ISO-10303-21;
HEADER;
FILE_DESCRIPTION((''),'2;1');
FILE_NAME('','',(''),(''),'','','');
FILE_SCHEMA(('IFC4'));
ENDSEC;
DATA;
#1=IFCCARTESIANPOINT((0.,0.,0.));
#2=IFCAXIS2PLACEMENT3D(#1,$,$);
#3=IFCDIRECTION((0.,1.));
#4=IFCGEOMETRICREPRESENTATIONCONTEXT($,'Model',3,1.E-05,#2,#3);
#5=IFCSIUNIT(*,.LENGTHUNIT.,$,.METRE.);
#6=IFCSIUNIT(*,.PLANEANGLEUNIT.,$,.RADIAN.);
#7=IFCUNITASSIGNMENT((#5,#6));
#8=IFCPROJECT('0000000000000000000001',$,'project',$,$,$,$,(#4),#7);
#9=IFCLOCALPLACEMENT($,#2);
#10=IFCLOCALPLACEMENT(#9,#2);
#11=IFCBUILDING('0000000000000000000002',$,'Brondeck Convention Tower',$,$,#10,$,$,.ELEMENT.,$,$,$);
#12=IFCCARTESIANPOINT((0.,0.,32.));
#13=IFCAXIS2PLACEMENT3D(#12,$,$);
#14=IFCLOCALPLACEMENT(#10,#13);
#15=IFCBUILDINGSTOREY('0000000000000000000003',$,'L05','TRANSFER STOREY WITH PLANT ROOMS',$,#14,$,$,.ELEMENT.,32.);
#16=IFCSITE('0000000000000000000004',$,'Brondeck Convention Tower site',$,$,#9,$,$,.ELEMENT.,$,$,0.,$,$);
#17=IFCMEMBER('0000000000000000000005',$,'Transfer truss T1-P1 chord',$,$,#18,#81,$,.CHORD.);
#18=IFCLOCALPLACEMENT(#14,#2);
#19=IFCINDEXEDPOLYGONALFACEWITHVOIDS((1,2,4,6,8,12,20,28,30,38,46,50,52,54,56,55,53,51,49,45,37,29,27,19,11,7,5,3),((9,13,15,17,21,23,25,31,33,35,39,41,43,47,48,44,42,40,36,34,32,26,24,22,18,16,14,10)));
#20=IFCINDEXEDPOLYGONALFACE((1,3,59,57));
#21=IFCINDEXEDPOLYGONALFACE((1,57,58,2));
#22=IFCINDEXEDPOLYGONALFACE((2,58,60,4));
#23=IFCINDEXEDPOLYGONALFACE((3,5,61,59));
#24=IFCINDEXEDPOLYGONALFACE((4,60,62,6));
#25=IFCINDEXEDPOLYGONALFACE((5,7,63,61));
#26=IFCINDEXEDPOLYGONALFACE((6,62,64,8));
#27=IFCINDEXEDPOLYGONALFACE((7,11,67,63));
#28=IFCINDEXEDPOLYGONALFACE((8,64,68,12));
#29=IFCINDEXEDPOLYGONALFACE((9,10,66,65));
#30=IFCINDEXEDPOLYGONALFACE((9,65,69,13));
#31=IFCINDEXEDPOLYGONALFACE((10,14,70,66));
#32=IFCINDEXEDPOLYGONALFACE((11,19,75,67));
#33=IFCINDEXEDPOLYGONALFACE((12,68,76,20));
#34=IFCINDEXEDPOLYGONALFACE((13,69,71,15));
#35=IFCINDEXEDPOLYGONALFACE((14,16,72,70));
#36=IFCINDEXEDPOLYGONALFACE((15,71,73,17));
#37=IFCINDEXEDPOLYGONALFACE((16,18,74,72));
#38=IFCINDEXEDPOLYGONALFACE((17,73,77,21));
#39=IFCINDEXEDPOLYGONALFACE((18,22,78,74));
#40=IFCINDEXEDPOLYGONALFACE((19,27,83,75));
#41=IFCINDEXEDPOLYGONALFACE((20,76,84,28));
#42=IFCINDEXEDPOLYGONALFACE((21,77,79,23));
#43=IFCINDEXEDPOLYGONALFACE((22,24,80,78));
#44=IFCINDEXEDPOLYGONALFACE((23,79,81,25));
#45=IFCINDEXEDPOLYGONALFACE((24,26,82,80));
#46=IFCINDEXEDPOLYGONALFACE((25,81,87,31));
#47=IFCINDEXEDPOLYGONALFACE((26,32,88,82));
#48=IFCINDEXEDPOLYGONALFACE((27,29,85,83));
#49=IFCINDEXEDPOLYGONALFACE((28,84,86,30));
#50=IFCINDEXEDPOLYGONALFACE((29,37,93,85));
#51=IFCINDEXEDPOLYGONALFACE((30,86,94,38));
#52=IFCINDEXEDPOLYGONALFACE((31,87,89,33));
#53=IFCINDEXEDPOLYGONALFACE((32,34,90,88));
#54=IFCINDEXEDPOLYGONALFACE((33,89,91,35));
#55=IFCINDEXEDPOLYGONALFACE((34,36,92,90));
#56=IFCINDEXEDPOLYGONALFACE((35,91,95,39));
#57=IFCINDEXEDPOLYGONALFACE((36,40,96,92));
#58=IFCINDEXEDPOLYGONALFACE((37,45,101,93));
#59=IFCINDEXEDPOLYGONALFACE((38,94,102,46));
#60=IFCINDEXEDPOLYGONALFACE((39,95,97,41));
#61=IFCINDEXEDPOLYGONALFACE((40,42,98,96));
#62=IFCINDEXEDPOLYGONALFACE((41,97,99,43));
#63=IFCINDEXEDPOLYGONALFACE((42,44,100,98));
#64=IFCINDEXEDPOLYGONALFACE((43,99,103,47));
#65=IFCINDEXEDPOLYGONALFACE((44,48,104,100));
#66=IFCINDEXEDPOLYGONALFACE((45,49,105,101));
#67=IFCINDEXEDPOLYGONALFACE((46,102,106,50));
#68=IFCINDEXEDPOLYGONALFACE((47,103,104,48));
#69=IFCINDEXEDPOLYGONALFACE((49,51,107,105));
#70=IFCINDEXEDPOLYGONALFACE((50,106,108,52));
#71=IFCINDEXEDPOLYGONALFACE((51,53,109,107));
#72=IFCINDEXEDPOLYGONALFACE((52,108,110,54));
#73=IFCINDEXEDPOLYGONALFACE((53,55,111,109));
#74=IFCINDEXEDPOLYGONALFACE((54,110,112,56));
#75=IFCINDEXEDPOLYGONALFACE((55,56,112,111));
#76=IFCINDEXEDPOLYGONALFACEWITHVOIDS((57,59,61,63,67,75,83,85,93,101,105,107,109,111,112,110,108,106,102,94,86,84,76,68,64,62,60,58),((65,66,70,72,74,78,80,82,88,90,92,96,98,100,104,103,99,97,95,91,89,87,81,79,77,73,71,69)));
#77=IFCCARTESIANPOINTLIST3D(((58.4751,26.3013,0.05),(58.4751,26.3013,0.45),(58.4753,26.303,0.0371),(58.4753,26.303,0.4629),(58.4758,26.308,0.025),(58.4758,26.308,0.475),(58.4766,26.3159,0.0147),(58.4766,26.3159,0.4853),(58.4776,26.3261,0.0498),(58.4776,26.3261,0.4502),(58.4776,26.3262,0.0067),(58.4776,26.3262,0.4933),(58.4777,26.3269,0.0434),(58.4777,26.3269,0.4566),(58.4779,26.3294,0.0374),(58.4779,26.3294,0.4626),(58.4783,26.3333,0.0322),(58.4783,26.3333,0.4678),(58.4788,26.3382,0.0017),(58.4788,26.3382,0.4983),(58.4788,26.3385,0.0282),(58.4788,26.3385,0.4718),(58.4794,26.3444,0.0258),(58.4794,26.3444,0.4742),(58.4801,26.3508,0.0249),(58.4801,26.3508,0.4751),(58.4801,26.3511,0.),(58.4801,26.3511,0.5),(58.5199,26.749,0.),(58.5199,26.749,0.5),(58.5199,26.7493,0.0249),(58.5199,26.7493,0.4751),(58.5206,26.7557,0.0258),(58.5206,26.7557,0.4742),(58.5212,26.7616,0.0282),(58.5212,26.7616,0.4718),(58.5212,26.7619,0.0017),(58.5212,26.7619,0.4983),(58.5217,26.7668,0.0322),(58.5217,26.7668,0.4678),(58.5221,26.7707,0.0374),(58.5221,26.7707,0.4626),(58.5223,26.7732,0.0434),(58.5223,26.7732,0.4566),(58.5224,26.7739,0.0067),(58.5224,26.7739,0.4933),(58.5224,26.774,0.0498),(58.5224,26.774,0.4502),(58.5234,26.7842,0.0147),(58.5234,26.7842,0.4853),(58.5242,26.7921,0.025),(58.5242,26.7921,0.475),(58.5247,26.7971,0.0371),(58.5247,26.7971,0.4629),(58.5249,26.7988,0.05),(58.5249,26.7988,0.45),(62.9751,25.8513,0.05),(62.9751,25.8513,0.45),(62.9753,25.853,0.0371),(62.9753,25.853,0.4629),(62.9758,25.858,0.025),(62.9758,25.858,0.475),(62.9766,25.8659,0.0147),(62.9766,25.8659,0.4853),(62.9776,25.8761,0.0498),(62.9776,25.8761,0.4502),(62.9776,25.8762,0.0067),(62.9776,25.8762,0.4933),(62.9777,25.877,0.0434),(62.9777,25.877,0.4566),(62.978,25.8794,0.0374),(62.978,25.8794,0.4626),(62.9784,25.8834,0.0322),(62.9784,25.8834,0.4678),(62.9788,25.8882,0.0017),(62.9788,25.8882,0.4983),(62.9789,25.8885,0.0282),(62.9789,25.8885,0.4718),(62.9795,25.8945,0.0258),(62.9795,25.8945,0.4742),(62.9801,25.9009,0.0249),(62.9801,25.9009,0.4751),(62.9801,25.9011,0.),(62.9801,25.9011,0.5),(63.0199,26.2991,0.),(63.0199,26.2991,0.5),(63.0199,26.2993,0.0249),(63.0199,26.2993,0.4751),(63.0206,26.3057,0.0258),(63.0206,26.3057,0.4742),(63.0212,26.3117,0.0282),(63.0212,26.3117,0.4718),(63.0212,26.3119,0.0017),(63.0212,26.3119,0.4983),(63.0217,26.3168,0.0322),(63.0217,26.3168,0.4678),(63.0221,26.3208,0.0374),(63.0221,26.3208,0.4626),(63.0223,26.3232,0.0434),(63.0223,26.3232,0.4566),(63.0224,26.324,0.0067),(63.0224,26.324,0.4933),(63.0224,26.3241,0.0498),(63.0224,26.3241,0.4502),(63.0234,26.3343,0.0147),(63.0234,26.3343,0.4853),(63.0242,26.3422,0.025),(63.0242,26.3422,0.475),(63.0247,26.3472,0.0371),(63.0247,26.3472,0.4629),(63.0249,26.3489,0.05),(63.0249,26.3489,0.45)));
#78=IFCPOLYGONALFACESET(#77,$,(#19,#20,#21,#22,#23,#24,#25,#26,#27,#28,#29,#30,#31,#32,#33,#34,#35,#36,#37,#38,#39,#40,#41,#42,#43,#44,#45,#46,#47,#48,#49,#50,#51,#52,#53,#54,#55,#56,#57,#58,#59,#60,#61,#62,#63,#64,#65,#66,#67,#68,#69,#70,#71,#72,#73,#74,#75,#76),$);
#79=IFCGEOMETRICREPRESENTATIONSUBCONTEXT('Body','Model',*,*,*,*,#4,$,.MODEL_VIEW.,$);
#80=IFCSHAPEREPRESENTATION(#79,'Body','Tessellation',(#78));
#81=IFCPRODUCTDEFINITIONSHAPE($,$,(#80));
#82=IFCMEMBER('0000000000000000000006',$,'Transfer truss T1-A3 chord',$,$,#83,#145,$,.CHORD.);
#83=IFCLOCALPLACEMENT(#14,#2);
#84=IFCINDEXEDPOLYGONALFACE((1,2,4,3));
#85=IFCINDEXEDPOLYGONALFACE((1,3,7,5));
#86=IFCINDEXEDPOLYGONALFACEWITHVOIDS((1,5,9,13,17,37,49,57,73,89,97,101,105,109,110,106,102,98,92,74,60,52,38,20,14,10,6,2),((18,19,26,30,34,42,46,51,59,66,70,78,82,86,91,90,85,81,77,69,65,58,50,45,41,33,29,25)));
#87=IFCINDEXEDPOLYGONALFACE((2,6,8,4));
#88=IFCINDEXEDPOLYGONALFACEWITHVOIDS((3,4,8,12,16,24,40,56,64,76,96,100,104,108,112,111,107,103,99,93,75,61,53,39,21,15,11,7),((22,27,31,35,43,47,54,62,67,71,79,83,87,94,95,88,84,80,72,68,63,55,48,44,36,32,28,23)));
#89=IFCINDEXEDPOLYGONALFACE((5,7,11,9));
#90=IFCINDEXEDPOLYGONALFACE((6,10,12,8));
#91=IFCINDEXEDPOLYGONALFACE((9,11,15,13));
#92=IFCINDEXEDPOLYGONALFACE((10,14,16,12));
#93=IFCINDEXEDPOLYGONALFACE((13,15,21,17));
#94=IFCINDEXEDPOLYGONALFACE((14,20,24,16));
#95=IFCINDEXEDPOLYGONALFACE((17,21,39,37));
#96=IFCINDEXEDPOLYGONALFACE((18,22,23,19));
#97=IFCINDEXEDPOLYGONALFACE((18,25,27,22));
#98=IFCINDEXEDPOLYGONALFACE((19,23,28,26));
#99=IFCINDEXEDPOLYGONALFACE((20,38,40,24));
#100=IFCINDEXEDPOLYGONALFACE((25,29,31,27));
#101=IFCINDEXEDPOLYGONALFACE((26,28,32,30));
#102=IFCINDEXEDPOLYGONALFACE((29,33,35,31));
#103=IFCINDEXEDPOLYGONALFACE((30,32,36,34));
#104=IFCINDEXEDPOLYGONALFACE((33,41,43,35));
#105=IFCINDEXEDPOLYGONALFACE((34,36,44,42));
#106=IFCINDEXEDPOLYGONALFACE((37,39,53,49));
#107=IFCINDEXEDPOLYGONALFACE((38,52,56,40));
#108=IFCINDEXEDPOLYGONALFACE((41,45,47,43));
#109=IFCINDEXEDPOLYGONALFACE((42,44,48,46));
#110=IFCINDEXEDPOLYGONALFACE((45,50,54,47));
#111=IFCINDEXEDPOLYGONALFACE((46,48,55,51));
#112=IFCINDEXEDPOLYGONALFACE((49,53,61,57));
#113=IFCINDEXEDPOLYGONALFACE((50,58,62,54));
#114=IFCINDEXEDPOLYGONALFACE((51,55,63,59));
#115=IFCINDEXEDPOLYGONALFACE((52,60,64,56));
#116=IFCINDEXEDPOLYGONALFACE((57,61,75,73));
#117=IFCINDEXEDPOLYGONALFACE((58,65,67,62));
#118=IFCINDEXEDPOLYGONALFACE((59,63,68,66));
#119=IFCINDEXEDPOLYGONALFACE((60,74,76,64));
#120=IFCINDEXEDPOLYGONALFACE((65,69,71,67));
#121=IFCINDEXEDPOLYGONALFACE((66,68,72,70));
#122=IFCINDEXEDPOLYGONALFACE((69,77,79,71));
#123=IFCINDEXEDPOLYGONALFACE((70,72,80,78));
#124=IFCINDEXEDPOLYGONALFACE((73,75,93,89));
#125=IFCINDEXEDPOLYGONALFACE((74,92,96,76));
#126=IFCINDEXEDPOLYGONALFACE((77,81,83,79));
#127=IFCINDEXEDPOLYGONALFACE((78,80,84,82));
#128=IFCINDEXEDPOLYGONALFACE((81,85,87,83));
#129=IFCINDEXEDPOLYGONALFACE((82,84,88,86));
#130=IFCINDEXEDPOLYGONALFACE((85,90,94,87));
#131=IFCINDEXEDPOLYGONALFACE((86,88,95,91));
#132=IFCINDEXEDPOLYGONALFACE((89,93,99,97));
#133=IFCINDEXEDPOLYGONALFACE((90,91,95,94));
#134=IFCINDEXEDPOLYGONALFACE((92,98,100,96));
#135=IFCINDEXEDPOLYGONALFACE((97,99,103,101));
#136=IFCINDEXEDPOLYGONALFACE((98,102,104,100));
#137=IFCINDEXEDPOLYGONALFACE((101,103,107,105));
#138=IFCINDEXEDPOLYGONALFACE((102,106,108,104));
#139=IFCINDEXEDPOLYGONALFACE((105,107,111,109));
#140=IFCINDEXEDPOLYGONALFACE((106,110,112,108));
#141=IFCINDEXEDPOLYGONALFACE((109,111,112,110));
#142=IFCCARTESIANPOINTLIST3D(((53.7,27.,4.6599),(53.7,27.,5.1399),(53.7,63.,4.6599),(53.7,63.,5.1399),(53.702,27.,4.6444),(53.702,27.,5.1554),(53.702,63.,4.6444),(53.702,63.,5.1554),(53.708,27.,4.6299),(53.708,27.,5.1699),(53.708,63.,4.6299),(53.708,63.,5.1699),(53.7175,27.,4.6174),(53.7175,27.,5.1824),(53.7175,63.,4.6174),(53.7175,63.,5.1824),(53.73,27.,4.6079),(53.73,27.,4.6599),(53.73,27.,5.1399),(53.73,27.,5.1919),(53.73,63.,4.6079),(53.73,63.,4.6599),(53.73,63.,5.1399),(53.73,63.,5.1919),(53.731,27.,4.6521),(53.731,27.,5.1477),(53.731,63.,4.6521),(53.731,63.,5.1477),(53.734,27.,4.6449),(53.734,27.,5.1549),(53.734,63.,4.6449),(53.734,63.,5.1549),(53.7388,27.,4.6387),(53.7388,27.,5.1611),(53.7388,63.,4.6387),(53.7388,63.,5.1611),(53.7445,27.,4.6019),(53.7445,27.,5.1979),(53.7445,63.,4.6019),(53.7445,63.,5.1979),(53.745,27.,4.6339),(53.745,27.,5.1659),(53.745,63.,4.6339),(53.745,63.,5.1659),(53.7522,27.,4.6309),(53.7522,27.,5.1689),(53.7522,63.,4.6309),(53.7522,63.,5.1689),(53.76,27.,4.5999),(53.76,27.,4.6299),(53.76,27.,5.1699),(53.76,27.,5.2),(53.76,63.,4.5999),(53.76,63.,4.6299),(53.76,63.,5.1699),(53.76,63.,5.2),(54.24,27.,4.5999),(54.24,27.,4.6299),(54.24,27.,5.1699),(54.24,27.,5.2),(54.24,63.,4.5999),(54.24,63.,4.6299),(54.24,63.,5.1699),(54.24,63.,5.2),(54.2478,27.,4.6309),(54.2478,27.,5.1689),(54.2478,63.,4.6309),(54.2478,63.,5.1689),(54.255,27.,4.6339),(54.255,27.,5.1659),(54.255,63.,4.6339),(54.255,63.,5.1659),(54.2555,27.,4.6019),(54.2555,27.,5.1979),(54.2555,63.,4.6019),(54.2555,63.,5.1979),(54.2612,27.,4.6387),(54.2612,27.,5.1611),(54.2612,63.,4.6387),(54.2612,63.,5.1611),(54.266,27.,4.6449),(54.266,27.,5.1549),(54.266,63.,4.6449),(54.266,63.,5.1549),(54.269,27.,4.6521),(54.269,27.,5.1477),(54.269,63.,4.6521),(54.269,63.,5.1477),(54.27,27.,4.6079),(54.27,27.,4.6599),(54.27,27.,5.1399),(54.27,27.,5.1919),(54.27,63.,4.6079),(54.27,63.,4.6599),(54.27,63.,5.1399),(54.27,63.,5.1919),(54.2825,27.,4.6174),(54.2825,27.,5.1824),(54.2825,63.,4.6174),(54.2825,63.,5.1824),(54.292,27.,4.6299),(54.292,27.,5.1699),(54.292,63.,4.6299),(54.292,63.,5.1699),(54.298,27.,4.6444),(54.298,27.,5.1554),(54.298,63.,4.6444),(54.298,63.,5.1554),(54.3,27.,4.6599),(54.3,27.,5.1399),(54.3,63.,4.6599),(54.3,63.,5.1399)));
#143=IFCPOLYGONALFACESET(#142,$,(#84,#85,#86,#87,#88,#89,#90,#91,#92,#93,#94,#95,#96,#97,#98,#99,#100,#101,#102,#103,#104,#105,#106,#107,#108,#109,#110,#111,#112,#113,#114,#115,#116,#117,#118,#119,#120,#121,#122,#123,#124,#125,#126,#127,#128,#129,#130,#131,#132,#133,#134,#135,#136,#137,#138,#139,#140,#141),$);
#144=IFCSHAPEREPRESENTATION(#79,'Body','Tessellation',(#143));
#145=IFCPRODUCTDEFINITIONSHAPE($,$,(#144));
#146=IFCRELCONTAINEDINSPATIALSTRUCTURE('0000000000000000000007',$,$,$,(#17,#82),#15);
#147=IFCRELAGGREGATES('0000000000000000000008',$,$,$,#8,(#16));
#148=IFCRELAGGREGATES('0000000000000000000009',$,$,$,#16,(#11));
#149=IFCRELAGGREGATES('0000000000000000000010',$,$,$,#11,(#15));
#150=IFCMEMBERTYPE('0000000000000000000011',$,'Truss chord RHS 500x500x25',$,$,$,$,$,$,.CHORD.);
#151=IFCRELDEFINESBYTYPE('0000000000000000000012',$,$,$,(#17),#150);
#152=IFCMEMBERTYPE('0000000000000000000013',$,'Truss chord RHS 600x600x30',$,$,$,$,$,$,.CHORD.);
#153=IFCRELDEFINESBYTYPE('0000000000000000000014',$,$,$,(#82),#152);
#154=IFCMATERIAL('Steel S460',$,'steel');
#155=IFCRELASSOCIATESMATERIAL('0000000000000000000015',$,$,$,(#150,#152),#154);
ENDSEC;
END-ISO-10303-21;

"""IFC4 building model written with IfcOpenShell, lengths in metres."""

from ifc_helpers import new_model, si_unit, direction, frame, origin, origin_2d, place, context, subcontext, project, spatial, hollow_rectangle, extrude, material, material_profile, profile_set, type_object, element, save


model = new_model("IFC4")

# Units and contexts
model_context = context("Model", 3, precision=1e-05, world=origin(), true_north=direction((0.0, 1.0)))
body_context = subcontext(model_context, "Body", "Model", "MODEL_VIEW")
ifc_project = project(units=[si_unit("LENGTHUNIT", "METRE"), si_unit("PLANEANGLEUNIT", "RADIAN")], contexts=[model_context])

# Site, building, storey
site_placement = place(None, origin())
site = spatial("IfcSite", under=ifc_project, at=site_placement, Name="Brondeck Convention Tower site", CompositionType="ELEMENT", RefElevation=0.0)
building_placement = place(site_placement, origin())
building = spatial("IfcBuilding", under=site, at=building_placement, Name="Brondeck Convention Tower", CompositionType="ELEMENT")
storey_placement = place(building_placement, frame((0.0, 0.0, 32.0)))
storey = spatial("IfcBuildingStorey", under=building, at=storey_placement, Name="L05", Description="TRANSFER STOREY WITH PLANT ROOMS", CompositionType="ELEMENT", Elevation=32.0)

# Shared definitions
ifc_material_1 = material(Name="Steel S460", Category="steel")

# Members
ifc_material_profile_1 = material_profile(ifc_material_1, hollow_rectangle(XDim=0.5, YDim=0.5, WallThickness=0.0249, InnerFilletRadius=0.0249, OuterFilletRadius=0.05, at=origin_2d()), Name="RHS 500x500x25")
ifc_profile_set_1 = profile_set([ifc_material_profile_1], Name="Steel S460")
member_type_1 = type_object("IfcMemberType", Name="Truss chord RHS 500x500x25", PredefinedType="CHORD", material=ifc_profile_set_1)
for number, where, z_axis, x_axis, name in (
    (1, (58.5, 26.55, 0.25), (0.995038, -0.099493, 0.0), (0.099493, 0.995038, 0.0), "Transfer truss T1-P1 chord"),
):
    element("IfcMember", number, at=place(storey_placement, frame(where, z_axis=z_axis, x_axis=x_axis)), inside=storey, type_object=member_type_1, Name=name, PredefinedType="CHORD", context=body_context, shape_type="SweptSolid", body=[
        extrude(hollow_rectangle(XDim=0.5, YDim=0.5, WallThickness=0.0249, InnerFilletRadius=0.0249, OuterFilletRadius=0.05, at=origin_2d()), origin(), (0.0, 0.0, 1.0), 4.5225),
    ])
ifc_material_profile_2 = material_profile(ifc_material_1, hollow_rectangle(XDim=0.6001, YDim=0.6001, WallThickness=0.03, InnerFilletRadius=0.03, OuterFilletRadius=0.0601, at=origin_2d()), Name="RHS 600x600x30")
ifc_profile_set_2 = profile_set([ifc_material_profile_2], Name="Steel S460")
member_type_2 = type_object("IfcMemberType", Name="Truss chord RHS 600x600x30", PredefinedType="CHORD", material=ifc_profile_set_2)
member_1_placement = place(storey_placement, frame((54.0, 27.0, 4.8999), z_axis=(0.0, 1.0, 0.0), x_axis=(-1.0, 0.0, 0.0)))
element("IfcMember", 2, at=member_1_placement, inside=storey, type_object=member_type_2, Name="Transfer truss T1-A3 chord", PredefinedType="CHORD", context=body_context, shape_type="SweptSolid", body=[
    extrude(hollow_rectangle(XDim=0.6001, YDim=0.6001, WallThickness=0.03, InnerFilletRadius=0.03, OuterFilletRadius=0.0601, at=origin_2d()), origin(), (0.0, 0.0, 1.0), 36.0),
])

save(model, "model.ifc")
